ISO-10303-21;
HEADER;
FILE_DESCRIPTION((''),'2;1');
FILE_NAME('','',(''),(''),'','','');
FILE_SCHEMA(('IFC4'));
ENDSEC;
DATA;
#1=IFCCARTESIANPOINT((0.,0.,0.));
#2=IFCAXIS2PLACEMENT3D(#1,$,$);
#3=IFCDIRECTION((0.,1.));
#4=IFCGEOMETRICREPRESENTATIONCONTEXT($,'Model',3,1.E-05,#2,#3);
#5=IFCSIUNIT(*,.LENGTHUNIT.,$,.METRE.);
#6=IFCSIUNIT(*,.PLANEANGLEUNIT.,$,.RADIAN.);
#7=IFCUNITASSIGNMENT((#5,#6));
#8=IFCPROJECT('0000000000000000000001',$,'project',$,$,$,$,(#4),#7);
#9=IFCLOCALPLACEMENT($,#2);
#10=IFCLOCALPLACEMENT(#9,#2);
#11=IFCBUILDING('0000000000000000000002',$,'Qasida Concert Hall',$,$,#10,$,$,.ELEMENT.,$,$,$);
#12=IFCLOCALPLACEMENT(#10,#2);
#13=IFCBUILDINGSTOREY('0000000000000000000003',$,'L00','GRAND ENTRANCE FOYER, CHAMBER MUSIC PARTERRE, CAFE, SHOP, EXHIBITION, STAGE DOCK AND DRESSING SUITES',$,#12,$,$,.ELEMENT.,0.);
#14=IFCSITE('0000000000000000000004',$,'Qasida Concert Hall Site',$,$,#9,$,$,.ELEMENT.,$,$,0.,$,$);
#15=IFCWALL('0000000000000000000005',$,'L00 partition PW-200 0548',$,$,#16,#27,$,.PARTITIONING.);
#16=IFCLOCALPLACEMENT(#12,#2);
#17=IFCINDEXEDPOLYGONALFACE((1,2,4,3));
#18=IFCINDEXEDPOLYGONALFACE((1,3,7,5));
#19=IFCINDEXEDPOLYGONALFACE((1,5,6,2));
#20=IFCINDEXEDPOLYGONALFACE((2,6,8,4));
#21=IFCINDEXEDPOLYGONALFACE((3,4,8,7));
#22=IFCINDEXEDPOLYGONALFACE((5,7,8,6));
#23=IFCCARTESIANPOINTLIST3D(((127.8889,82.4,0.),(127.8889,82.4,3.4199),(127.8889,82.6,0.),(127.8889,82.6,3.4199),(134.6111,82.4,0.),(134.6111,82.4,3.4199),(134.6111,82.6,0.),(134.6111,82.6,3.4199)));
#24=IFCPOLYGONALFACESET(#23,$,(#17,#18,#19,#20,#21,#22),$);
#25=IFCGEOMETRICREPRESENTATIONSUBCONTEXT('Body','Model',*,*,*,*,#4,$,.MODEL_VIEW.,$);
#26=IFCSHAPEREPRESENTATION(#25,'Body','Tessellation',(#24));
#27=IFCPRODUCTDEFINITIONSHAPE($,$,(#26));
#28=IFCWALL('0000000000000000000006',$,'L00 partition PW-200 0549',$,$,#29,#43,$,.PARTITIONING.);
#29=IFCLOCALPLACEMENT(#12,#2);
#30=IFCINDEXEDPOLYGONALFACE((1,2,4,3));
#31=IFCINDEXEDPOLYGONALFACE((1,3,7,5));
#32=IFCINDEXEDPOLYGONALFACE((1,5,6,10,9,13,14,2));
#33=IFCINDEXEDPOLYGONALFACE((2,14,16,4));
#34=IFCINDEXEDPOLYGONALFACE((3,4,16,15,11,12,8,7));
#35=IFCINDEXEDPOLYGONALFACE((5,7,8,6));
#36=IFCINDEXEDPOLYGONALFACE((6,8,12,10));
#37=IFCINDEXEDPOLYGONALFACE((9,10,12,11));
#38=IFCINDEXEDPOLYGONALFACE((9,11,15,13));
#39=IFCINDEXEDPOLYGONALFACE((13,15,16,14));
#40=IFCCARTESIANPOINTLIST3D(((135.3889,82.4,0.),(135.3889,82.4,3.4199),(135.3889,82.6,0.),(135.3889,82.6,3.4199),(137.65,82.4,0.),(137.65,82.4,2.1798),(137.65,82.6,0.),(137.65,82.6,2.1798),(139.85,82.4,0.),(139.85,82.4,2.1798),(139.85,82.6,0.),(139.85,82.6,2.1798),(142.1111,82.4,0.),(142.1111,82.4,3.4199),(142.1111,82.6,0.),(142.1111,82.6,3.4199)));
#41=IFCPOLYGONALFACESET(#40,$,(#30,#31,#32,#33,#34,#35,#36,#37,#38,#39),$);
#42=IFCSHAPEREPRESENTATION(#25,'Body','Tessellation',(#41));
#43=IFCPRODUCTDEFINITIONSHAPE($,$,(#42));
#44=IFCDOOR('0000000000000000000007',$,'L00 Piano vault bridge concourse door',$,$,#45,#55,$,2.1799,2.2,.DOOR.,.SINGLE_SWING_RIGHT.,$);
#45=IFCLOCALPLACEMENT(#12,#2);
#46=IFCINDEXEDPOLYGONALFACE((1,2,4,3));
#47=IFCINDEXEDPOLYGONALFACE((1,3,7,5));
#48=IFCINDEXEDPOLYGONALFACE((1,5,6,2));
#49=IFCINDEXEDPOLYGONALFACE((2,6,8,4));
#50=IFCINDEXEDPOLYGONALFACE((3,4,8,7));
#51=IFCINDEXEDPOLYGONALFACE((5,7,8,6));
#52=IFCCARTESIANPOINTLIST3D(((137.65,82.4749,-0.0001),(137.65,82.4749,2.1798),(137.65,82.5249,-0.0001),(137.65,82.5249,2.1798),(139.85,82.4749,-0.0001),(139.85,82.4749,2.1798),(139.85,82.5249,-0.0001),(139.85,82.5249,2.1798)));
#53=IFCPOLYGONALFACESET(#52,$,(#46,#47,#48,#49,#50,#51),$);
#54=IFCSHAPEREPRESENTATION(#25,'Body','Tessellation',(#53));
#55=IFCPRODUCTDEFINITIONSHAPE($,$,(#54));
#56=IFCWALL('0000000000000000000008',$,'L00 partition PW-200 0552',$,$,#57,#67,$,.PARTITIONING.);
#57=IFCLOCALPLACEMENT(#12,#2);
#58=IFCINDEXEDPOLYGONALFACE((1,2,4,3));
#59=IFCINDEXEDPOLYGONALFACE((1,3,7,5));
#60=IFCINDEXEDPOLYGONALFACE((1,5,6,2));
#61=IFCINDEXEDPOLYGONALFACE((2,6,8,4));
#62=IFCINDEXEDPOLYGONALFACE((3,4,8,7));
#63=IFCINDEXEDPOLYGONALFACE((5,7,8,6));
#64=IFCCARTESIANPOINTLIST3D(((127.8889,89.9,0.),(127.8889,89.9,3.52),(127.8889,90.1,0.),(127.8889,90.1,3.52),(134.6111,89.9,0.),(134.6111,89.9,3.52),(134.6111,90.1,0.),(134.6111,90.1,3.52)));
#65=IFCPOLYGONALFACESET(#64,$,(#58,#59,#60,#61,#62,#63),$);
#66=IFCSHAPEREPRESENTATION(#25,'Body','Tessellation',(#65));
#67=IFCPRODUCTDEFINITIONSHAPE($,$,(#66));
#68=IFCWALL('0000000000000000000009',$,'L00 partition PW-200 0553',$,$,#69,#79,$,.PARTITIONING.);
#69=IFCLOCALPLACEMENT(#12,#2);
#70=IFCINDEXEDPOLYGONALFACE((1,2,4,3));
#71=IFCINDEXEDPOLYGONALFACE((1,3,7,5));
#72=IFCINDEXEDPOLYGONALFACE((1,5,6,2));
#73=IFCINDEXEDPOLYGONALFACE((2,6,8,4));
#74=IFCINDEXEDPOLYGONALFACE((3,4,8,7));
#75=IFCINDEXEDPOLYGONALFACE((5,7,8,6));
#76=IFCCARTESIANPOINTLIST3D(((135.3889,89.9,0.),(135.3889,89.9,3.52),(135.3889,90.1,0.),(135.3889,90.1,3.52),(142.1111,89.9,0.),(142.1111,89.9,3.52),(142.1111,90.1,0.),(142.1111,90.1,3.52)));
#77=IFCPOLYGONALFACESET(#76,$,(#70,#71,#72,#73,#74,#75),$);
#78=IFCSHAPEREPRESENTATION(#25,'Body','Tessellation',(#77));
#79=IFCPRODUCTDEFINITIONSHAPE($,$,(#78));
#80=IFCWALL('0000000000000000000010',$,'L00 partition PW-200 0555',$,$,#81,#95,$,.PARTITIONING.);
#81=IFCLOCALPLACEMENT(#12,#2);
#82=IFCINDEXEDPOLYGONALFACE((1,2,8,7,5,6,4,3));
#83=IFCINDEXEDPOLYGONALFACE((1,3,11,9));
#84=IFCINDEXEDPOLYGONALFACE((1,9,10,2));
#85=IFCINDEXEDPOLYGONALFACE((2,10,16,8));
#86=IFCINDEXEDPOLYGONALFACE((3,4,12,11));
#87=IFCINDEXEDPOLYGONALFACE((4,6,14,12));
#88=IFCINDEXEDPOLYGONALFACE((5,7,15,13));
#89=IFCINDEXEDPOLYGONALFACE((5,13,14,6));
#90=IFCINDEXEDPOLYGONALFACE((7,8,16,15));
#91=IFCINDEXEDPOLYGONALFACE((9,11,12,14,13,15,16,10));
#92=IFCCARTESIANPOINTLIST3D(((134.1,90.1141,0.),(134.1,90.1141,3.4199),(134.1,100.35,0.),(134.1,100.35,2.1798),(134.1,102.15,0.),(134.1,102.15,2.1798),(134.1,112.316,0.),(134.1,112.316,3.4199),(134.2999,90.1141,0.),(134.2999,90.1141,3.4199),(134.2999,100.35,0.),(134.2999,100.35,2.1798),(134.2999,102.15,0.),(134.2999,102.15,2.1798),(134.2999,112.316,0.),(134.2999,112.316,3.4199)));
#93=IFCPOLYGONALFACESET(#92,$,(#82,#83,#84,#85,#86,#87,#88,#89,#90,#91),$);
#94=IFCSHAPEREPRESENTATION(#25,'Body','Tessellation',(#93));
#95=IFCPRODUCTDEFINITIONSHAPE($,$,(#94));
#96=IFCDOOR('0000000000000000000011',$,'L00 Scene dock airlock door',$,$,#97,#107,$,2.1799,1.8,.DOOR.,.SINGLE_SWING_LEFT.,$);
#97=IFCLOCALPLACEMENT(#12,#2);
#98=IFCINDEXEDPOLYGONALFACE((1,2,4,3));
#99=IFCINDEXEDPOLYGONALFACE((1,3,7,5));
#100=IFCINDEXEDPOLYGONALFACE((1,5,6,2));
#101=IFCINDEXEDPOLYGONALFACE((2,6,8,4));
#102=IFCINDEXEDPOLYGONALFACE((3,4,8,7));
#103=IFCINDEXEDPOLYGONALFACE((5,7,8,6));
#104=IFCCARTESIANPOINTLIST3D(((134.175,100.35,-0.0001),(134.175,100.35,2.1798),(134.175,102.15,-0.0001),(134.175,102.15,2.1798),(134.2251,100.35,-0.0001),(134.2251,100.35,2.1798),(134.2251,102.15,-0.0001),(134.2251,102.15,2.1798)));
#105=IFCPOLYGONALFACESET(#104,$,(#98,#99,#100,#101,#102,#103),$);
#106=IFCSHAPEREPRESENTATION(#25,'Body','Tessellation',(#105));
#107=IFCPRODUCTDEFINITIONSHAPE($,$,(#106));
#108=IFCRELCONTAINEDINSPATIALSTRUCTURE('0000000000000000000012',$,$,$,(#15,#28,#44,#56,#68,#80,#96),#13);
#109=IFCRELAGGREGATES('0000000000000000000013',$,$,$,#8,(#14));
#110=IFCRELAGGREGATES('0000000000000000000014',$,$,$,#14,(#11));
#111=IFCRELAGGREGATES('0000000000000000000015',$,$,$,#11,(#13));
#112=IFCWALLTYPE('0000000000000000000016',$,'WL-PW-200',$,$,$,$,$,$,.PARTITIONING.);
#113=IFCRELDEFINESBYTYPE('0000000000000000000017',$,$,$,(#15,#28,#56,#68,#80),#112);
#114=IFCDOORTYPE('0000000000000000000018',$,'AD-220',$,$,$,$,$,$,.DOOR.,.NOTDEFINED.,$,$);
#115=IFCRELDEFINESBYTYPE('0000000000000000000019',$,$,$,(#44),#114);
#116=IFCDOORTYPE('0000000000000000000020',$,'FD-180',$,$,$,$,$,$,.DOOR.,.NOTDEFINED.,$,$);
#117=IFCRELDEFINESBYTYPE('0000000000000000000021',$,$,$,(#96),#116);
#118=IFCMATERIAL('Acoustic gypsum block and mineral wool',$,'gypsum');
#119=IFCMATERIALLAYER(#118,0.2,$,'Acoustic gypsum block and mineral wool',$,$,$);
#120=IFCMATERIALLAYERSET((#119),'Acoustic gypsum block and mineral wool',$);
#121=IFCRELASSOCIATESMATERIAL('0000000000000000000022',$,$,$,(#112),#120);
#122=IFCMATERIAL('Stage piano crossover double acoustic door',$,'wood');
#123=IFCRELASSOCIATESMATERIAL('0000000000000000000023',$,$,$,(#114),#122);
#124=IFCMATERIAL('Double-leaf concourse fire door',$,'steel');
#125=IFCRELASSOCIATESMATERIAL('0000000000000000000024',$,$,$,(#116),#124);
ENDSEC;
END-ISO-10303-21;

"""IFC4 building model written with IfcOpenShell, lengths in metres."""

from ifc_helpers import new_model, si_unit, direction, frame, frame_2d, origin, place, context, subcontext, project, spatial, rectangle, extrude, material, layer, layer_set, type_object, element, fill, save


model = new_model("IFC4")

# Units and contexts
model_context = context("Model", 3, precision=1e-05, world=origin(), true_north=direction((0.0, 1.0)))
body_context = subcontext(model_context, "Body", "Model", "MODEL_VIEW")
ifc_project = project(units=[si_unit("LENGTHUNIT", "METRE"), si_unit("PLANEANGLEUNIT", "RADIAN")], contexts=[model_context])

# Site, building, storey
site_placement = place(None, origin())
site = spatial("IfcSite", under=ifc_project, at=site_placement, Name="Qasida Concert Hall Site", CompositionType="ELEMENT", RefElevation=0.0)
building_placement = place(site_placement, origin())
building = spatial("IfcBuilding", under=site, at=building_placement, Name="Qasida Concert Hall", CompositionType="ELEMENT")
storey_placement = place(building_placement, origin())
storey = spatial("IfcBuildingStorey", under=building, at=storey_placement, Name="L00", Description="GRAND ENTRANCE FOYER, CHAMBER MUSIC PARTERRE, CAFE, SHOP, EXHIBITION, STAGE DOCK AND DRESSING SUITES", CompositionType="ELEMENT", Elevation=0.0)

# Wall
ifc_material_1 = material(Name="Acoustic gypsum block and mineral wool", Category="gypsum")
ifc_layer = layer(ifc_material_1, 0.2, Name="Acoustic gypsum block and mineral wool")
ifc_layer_set = layer_set([ifc_layer], Name="Acoustic gypsum block and mineral wool")
wall_type = type_object("IfcWallType", Name="WL-PW-200", PredefinedType="PARTITIONING", material=ifc_layer_set)
wall_1_placement = place(storey_placement, frame((127.8889, 82.5, 0.0), z_axis=(0.0, 0.0, 1.0), x_axis=(1.0, 0.0, 0.0)))
element("IfcWall", 1, at=wall_1_placement, inside=storey, type_object=wall_type, Name="L00 partition PW-200 0548", PredefinedType="PARTITIONING", context=body_context, shape_type="SweptSolid", body=[
    extrude(rectangle(XDim=6.7222, YDim=0.2, at=frame_2d((3.3611, 0.0))), origin(), (0.0, 0.0, 1.0), 3.4199),
])

# Wall, opening, door
wall_2_placement = place(storey_placement, frame((135.3889, 82.5, 0.0), z_axis=(0.0, 0.0, 1.0), x_axis=(1.0, 0.0, 0.0)))
wall_2 = element("IfcWall", 2, at=wall_2_placement, inside=storey, type_object=wall_type, Name="L00 partition PW-200 0549", PredefinedType="PARTITIONING", context=body_context, shape_type="SweptSolid", body=[
    extrude(rectangle(XDim=6.7222, YDim=0.2, at=frame_2d((3.3611, 0.0))), origin(), (0.0, 0.0, 1.0), 3.4199),
])
opening_1_placement = place(wall_2_placement, frame((2.261, 0.0, 0.0)))
opening_1 = element("IfcOpeningElement", 3, at=opening_1_placement, cuts=wall_2, PredefinedType="OPENING", context=body_context, shape_type="SweptSolid", body=[
    extrude(rectangle(XDim=2.2, YDim=2.1799, at=frame_2d((1.1001, 1.0898))), frame((0.0, 0.1099, 0.0), z_axis=(0.0, -1.0, 0.0), x_axis=(1.0, 0.0, 0.0)), (0.0, 0.0, 1.0), 0.22),
])
ifc_material_2 = material(Name="Stage piano crossover double acoustic door", Category="wood")
door_type_1 = type_object("IfcDoorType", Name="AD-220", OperationType="NOTDEFINED", PredefinedType="DOOR", material=ifc_material_2)
door_1_placement = place(opening_1_placement, origin())
door_1 = element("IfcDoor", 4, at=door_1_placement, inside=storey, type_object=door_type_1, Name="L00 Piano vault bridge concourse door", OperationType="SINGLE_SWING_RIGHT", OverallHeight=2.1799, OverallWidth=2.2, PredefinedType="DOOR", context=body_context, shape_type="SweptSolid", body=[
    extrude(rectangle(XDim=2.2, YDim=2.1799, at=frame_2d((1.1001, 1.0898))), frame((0.0, 0.0249, 0.0), z_axis=(0.0, -1.0, 0.0), x_axis=(1.0, 0.0, 0.0)), (0.0, 0.0, 1.0), 0.05),
])
fill(opening_1, door_1)

# Walls
for number, where, z_axis, x_axis, name in (
    (5, (127.8889, 90.0, 0.0), (0.0, 0.0, 1.0), (1.0, 0.0, 0.0), "L00 partition PW-200 0552"),
    (6, (135.3889, 90.0, 0.0), (0.0, 0.0, 1.0), (1.0, 0.0, 0.0), "L00 partition PW-200 0553"),
):
    element("IfcWall", number, at=place(storey_placement, frame(where, z_axis=z_axis, x_axis=x_axis)), inside=storey, type_object=wall_type, Name=name, PredefinedType="PARTITIONING", context=body_context, shape_type="SweptSolid", body=[
        extrude(rectangle(XDim=6.7222, YDim=0.2, at=frame_2d((3.3611, 0.0))), origin(), (0.0, 0.0, 1.0), 3.52),
    ])

# Wall, opening, door
wall_3_placement = place(storey_placement, frame((134.2, 90.114, 0.0), z_axis=(0.0, 0.0, 1.0), x_axis=(0.0, 1.0, 0.0)))
wall_3 = element("IfcWall", 7, at=wall_3_placement, inside=storey, type_object=wall_type, Name="L00 partition PW-200 0555", PredefinedType="PARTITIONING", context=body_context, shape_type="SweptSolid", body=[
    extrude(rectangle(XDim=22.2019, YDim=0.2, at=frame_2d((11.1011, 0.0))), origin(), (0.0, 0.0, 1.0), 3.4199),
])
opening_2_placement = place(wall_3_placement, frame((10.2361, 0.0, 0.0)))
opening_2 = element("IfcOpeningElement", 8, at=opening_2_placement, cuts=wall_3, PredefinedType="OPENING", context=body_context, shape_type="SweptSolid", body=[
    extrude(rectangle(XDim=1.8, YDim=2.1799, at=frame_2d((0.8999, 1.0898))), frame((0.0, 0.1099, 0.0), z_axis=(0.0, -1.0, 0.0), x_axis=(1.0, 0.0, 0.0)), (0.0, 0.0, 1.0), 0.22),
])
ifc_material_3 = material(Name="Double-leaf concourse fire door", Category="steel")
door_type_2 = type_object("IfcDoorType", Name="FD-180", OperationType="NOTDEFINED", PredefinedType="DOOR", material=ifc_material_3)
door_2_placement = place(opening_2_placement, origin())
door_2 = element("IfcDoor", 9, at=door_2_placement, inside=storey, type_object=door_type_2, Name="L00 Scene dock airlock door", OperationType="SINGLE_SWING_LEFT", OverallHeight=2.1799, OverallWidth=1.8, PredefinedType="DOOR", context=body_context, shape_type="SweptSolid", body=[
    extrude(rectangle(XDim=1.8, YDim=2.1799, at=frame_2d((0.8999, 1.0898))), frame((0.0, 0.0249, 0.0), z_axis=(0.0, -1.0, 0.0), x_axis=(1.0, 0.0, 0.0)), (0.0, 0.0, 1.0), 0.05),
])
fill(opening_2, door_2)

save(model, "model.ifc")
